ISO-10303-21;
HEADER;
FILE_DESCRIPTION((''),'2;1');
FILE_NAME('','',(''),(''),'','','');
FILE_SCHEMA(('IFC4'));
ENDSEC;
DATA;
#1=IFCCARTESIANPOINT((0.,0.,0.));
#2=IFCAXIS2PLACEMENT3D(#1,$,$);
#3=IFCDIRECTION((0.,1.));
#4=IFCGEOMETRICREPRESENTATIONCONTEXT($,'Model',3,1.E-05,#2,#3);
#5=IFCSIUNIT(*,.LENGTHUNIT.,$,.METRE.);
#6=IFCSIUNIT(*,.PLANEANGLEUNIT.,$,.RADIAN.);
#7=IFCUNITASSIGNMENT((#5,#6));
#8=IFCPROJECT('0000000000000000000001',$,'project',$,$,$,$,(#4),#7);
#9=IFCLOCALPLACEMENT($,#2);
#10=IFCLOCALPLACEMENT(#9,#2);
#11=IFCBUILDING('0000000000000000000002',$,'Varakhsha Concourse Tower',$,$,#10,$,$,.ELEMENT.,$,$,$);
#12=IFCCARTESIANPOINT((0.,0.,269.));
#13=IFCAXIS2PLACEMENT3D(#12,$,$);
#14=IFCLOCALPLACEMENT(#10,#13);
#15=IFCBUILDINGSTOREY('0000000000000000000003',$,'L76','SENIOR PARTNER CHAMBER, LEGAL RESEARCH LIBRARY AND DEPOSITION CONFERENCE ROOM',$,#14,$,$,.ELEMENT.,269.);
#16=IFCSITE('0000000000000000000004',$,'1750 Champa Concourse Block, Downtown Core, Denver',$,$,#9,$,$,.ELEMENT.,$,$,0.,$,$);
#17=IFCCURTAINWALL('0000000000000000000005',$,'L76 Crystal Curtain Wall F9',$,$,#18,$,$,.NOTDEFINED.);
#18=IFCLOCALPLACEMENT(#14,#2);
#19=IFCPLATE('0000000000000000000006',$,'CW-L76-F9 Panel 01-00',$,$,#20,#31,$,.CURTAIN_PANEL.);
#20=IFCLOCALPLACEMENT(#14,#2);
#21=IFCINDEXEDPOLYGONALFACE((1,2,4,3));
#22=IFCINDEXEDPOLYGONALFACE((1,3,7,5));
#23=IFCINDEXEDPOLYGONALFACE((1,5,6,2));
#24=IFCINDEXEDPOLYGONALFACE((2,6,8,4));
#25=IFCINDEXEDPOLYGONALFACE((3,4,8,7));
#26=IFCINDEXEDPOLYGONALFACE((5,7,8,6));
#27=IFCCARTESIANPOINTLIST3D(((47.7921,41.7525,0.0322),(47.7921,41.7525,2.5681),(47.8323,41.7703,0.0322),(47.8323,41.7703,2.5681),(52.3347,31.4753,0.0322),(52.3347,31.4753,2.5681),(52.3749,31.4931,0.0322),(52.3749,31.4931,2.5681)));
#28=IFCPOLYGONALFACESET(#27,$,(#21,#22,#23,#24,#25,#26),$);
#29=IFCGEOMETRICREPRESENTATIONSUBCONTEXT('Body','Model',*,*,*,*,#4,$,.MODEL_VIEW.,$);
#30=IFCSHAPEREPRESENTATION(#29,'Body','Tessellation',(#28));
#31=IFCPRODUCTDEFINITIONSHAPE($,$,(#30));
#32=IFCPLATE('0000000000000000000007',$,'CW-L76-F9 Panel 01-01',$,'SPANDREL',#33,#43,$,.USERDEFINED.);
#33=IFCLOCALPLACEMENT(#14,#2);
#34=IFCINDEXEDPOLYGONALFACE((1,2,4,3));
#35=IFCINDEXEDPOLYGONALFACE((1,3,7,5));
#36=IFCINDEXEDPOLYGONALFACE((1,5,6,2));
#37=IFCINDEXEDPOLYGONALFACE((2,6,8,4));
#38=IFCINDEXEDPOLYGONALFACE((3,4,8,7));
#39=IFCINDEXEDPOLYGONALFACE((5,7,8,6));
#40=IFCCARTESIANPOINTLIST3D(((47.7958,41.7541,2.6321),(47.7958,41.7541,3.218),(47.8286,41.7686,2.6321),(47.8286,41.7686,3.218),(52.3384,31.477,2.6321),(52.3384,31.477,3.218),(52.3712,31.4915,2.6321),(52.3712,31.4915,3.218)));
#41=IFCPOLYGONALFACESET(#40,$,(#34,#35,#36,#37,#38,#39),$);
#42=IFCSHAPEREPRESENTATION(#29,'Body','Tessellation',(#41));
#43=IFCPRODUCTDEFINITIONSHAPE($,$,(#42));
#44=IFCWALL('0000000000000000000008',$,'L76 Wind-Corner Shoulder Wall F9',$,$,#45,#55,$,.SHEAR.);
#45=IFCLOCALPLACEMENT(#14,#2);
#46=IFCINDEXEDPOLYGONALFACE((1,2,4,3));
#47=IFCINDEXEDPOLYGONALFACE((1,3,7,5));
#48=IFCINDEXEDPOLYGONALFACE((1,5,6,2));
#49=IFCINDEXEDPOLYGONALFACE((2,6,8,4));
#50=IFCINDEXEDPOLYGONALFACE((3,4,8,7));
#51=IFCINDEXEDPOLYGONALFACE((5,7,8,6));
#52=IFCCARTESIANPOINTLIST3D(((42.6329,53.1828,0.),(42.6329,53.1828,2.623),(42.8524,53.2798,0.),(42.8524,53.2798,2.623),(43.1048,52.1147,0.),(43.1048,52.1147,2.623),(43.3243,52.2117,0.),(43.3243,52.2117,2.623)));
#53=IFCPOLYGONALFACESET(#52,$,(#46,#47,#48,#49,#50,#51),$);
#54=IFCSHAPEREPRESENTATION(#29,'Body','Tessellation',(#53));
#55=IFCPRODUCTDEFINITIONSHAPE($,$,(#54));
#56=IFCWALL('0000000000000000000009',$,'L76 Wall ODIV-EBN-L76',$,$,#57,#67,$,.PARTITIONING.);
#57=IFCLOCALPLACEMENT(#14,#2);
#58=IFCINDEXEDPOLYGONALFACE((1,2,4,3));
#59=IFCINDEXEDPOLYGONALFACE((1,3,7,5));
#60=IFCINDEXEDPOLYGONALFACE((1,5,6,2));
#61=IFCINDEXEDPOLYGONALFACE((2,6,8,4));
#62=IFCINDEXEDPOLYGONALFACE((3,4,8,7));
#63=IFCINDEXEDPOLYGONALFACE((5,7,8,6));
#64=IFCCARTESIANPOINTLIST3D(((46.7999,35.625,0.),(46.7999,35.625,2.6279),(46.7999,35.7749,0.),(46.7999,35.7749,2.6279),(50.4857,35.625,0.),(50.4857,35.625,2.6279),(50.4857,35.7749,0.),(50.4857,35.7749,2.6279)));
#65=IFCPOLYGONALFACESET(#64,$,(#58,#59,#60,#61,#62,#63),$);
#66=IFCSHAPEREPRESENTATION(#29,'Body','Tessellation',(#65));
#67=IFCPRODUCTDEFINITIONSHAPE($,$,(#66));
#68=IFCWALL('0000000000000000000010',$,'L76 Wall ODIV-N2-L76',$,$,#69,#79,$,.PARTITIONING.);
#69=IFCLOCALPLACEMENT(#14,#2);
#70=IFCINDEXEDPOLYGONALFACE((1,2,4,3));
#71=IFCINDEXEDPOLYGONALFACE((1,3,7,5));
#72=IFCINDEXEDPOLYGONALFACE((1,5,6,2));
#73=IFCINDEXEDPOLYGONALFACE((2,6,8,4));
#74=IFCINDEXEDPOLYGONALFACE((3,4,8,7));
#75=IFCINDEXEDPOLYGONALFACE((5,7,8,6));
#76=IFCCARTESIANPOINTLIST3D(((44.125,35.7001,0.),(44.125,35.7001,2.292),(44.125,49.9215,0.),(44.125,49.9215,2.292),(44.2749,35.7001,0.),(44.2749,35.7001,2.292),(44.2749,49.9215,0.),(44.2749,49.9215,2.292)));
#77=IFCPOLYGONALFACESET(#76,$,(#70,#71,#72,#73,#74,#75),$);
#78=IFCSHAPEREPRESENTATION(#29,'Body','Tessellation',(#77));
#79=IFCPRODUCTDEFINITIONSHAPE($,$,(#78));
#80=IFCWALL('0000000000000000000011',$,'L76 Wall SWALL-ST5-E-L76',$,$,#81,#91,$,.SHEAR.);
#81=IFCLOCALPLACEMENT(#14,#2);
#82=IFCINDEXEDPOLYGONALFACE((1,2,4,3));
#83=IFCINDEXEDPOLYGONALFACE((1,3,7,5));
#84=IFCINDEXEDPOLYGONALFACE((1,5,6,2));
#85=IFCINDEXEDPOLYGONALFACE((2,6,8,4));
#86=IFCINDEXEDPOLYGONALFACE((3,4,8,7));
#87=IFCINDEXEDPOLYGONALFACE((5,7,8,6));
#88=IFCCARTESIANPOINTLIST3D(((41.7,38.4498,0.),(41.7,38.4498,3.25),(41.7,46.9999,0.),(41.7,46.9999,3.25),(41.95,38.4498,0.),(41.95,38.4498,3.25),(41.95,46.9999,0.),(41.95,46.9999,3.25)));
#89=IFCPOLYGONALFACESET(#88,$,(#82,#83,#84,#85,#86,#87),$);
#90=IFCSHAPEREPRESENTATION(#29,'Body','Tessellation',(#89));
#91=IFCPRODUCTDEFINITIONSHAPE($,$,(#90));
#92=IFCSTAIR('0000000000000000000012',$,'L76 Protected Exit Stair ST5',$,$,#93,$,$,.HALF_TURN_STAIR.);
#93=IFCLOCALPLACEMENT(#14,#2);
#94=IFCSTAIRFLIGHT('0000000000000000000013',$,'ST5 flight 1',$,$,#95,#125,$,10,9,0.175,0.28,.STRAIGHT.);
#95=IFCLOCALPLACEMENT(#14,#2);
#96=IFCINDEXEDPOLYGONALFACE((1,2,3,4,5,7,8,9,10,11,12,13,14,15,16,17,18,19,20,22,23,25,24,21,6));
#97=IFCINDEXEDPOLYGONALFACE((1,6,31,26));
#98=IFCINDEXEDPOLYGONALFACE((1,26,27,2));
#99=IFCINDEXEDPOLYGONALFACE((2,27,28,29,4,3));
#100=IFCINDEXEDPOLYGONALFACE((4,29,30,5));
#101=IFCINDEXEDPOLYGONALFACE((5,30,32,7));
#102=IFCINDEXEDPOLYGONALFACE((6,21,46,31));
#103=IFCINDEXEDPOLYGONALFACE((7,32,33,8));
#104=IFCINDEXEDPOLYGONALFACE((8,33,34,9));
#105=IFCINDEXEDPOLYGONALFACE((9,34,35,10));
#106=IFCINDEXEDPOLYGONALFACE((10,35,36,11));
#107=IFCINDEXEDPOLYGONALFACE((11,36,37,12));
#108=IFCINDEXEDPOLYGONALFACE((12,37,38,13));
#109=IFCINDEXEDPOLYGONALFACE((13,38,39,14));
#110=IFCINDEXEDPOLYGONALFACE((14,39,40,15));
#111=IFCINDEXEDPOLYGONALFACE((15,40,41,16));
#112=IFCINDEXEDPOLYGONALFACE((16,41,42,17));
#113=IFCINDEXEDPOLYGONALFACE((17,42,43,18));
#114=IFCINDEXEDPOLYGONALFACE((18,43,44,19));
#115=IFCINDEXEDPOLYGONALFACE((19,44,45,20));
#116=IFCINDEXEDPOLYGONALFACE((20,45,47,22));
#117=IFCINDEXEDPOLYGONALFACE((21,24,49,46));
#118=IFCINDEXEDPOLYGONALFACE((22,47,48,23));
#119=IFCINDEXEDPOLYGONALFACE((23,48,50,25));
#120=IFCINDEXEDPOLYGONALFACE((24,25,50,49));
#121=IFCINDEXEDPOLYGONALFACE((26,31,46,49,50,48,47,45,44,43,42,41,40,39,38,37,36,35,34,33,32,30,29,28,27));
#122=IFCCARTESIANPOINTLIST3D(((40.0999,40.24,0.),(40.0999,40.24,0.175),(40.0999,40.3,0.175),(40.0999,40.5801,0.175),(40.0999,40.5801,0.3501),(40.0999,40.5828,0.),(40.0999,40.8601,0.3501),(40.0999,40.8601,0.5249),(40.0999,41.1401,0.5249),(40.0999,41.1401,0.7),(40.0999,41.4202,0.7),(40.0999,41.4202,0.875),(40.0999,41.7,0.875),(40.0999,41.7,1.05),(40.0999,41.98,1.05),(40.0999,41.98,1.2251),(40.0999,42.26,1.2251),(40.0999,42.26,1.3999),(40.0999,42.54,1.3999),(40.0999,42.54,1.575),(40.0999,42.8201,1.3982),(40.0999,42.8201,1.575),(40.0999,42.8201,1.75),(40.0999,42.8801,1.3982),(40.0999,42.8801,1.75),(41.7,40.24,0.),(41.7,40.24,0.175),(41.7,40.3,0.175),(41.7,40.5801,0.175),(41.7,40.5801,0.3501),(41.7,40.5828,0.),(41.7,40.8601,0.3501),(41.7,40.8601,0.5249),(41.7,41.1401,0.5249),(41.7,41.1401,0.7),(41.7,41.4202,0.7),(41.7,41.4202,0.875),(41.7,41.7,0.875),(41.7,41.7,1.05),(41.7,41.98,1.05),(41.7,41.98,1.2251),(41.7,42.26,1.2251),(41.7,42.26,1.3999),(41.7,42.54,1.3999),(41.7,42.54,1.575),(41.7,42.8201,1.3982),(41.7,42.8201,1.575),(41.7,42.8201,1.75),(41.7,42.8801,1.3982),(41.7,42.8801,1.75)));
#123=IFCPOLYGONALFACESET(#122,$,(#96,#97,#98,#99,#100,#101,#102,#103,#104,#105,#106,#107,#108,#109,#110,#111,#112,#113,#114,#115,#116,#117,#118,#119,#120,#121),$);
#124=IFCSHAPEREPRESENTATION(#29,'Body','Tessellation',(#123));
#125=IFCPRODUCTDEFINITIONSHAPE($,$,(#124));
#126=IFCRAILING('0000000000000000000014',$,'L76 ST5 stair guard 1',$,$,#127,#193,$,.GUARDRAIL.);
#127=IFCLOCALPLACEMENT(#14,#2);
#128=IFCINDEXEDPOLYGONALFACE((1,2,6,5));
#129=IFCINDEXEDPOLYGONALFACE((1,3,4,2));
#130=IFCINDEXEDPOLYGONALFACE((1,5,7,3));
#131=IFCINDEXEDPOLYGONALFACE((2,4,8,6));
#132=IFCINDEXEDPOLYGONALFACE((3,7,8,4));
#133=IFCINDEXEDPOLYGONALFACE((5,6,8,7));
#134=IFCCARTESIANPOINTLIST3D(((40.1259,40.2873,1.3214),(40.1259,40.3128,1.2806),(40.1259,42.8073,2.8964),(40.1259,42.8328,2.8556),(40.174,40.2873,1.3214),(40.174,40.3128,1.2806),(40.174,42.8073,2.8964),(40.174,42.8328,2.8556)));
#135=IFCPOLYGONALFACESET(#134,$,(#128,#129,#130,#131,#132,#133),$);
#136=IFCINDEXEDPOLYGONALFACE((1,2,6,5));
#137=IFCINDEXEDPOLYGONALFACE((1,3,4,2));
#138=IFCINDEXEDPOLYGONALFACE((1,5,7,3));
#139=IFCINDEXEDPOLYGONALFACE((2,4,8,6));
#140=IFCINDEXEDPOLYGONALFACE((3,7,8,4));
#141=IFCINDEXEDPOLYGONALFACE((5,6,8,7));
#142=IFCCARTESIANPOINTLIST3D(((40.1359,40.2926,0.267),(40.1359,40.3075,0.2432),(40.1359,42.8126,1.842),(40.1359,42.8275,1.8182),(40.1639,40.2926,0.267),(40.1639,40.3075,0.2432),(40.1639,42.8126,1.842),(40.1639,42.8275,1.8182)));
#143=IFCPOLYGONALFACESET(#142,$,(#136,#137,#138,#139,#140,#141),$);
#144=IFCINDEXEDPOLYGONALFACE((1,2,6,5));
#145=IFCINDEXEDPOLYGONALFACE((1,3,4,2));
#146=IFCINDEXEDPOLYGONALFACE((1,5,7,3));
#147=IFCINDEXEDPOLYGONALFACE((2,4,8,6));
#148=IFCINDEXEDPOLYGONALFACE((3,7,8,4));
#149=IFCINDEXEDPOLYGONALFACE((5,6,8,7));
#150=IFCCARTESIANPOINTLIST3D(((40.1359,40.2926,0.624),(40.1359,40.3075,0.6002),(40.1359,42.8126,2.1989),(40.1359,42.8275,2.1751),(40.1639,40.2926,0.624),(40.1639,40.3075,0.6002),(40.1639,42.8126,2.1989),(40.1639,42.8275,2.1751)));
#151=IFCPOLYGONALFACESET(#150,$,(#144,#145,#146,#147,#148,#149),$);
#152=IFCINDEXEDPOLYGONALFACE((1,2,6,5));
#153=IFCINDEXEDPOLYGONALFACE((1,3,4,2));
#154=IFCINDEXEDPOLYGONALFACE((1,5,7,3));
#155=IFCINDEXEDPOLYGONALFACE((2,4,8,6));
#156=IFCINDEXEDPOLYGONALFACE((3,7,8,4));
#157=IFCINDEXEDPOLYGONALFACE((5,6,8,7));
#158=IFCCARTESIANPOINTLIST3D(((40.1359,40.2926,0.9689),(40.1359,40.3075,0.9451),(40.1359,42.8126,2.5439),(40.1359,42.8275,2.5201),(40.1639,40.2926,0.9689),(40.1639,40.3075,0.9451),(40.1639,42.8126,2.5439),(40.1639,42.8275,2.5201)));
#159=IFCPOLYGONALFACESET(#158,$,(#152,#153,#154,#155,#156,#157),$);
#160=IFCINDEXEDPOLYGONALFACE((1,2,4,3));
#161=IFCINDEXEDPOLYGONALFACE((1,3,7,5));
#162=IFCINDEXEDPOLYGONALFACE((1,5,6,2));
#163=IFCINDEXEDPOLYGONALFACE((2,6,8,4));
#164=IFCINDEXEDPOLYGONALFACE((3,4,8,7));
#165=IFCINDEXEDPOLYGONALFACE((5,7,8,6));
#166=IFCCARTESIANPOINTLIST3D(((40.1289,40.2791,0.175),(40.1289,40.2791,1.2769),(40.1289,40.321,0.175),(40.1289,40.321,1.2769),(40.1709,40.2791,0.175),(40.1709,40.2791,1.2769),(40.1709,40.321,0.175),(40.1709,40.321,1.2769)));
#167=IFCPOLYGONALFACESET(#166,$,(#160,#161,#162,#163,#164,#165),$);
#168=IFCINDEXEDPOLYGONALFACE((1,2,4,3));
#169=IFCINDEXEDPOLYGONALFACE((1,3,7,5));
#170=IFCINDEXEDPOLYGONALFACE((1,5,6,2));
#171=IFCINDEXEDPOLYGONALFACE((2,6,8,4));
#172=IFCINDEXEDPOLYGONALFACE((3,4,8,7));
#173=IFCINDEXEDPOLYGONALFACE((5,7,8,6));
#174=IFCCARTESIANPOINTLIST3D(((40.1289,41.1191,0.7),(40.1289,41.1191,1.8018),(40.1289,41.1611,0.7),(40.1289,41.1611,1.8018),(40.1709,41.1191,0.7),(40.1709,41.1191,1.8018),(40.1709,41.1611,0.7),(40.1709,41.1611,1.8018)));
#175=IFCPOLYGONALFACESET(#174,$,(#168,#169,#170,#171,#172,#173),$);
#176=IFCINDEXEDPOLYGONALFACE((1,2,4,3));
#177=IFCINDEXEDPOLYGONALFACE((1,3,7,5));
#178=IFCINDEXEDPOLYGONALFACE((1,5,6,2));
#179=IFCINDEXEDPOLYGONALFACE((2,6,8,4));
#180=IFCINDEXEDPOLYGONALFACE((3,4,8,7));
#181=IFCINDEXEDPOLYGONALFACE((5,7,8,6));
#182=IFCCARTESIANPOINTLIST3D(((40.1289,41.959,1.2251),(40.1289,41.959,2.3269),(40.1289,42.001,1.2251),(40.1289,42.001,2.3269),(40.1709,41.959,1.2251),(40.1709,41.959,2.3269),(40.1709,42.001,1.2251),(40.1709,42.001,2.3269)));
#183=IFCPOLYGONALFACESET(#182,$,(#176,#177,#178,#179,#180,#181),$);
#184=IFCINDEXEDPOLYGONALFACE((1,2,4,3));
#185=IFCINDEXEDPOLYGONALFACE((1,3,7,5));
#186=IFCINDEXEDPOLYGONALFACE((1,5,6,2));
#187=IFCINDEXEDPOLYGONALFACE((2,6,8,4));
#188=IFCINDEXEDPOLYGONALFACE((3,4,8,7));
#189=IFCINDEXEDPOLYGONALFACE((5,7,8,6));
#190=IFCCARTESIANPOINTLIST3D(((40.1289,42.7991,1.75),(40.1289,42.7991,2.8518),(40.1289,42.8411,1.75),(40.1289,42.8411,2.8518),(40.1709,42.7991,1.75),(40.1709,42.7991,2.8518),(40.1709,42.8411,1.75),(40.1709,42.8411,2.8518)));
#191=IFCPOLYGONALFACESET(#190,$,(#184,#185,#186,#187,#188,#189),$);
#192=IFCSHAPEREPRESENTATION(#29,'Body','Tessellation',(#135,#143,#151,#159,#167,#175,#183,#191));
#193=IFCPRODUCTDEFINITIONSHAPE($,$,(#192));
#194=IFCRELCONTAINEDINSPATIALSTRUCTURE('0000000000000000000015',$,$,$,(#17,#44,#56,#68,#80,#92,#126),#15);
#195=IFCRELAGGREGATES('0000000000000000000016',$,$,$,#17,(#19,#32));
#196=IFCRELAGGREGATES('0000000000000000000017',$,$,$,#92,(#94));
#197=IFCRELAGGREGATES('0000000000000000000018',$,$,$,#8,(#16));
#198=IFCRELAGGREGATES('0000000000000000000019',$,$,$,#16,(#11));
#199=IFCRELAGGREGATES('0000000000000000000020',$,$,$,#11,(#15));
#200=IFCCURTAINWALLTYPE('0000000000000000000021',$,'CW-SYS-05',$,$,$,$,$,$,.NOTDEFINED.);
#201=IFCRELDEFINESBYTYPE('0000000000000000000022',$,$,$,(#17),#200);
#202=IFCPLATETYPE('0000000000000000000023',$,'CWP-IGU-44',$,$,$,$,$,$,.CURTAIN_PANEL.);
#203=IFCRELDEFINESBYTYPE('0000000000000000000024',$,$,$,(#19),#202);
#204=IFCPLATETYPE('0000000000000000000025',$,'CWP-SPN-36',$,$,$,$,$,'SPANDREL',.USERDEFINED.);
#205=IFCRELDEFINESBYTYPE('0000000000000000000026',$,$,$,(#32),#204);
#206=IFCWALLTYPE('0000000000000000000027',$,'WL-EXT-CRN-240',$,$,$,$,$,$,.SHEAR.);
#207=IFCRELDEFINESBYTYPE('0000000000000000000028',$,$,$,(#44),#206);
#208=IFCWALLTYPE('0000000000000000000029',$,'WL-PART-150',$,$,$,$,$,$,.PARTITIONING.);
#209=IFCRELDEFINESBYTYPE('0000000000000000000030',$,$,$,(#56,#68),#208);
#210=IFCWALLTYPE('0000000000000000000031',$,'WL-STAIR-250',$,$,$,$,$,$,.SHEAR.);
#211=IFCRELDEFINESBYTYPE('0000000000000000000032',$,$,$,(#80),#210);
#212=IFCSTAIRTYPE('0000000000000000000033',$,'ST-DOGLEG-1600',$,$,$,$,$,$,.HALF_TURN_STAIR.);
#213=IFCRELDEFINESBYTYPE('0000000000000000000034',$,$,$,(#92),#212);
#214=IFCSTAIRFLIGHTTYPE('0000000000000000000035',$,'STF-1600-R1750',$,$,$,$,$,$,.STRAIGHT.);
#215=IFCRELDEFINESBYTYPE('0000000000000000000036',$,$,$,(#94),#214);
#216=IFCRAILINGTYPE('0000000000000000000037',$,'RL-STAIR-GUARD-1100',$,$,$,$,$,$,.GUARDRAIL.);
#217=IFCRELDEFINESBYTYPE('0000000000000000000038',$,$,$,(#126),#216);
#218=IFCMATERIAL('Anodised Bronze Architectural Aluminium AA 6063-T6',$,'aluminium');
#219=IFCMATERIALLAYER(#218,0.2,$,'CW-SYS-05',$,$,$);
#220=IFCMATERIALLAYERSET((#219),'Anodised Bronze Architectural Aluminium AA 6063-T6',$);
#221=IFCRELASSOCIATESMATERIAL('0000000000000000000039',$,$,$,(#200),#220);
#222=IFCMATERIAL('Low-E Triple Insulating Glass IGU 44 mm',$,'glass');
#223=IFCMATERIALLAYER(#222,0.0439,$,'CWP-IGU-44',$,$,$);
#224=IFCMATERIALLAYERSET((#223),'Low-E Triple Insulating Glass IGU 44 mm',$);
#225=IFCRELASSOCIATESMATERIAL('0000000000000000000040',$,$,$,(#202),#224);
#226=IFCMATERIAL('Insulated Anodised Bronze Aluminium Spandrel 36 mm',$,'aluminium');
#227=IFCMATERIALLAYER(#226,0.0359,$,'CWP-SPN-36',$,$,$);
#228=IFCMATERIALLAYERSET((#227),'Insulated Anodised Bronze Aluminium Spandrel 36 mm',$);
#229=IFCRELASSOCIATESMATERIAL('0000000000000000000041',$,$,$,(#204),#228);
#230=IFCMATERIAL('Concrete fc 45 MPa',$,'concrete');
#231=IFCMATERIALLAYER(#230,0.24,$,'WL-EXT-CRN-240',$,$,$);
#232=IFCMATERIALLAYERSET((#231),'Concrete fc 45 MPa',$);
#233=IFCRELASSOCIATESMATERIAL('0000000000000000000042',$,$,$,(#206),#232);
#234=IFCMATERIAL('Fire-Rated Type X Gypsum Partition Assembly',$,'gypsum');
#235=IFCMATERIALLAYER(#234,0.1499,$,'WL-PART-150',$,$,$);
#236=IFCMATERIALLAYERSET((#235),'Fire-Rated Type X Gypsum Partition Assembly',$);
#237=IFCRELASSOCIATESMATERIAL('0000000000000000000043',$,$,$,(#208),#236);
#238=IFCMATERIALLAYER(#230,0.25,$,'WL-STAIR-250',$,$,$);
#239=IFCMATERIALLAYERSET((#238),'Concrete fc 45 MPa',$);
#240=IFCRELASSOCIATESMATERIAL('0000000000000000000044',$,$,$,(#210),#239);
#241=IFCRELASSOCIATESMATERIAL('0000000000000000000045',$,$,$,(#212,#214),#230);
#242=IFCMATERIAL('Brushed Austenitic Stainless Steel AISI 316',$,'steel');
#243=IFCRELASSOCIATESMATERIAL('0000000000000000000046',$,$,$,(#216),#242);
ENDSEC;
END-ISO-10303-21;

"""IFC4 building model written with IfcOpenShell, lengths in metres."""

from ifc_helpers import new_model, si_unit, direction, frame, frame_2d, origin, origin_2d, place, context, subcontext, project, spatial, polyline, rectangle, outline, extrude, source, transform, mapped, material, layer, layer_set, type_object, element, aggregate, save


model = new_model("IFC4")

# Units and contexts
model_context = context("Model", 3, precision=1e-05, world=origin(), true_north=direction((0.0, 1.0)))
body_context = subcontext(model_context, "Body", "Model", "MODEL_VIEW")
ifc_project = project(units=[si_unit("LENGTHUNIT", "METRE"), si_unit("PLANEANGLEUNIT", "RADIAN")], contexts=[model_context])

# Site, building, storey
site_placement = place(None, origin())
site = spatial("IfcSite", under=ifc_project, at=site_placement, Name="1750 Champa Concourse Block, Downtown Core, Denver", CompositionType="ELEMENT", RefElevation=0.0)
building_placement = place(site_placement, origin())
building = spatial("IfcBuilding", under=site, at=building_placement, Name="Varakhsha Concourse Tower", CompositionType="ELEMENT")
storey_placement = place(building_placement, frame((0.0, 0.0, 269.0)))
storey = spatial("IfcBuildingStorey", under=building, at=storey_placement, Name="L76", Description="SENIOR PARTNER CHAMBER, LEGAL RESEARCH LIBRARY AND DEPOSITION CONFERENCE ROOM", CompositionType="ELEMENT", Elevation=269.0)

# Curtain wall
ifc_material_1 = material(Name="Anodised Bronze Architectural Aluminium AA 6063-T6", Category="aluminium")
ifc_layer_1 = layer(ifc_material_1, 0.2, Name="CW-SYS-05")
ifc_layer_set_1 = layer_set([ifc_layer_1], Name="Anodised Bronze Architectural Aluminium AA 6063-T6")
curtain_wall_type = type_object("IfcCurtainWallType", Name="CW-SYS-05", PredefinedType="NOTDEFINED", material=ifc_layer_set_1)
curtain_wall_placement = place(storey_placement, origin())
curtain_wall = element("IfcCurtainWall", 1, at=curtain_wall_placement, inside=storey, type_object=curtain_wall_type, Name="L76 Crystal Curtain Wall F9", PredefinedType="NOTDEFINED")

# Plates
ifc_material_2 = material(Name="Low-E Triple Insulating Glass IGU 44 mm", Category="glass")
ifc_layer_2 = layer(ifc_material_2, 0.0439, Name="CWP-IGU-44")
ifc_layer_set_2 = layer_set([ifc_layer_2], Name="Low-E Triple Insulating Glass IGU 44 mm")
plate_type_1 = type_object("IfcPlateType", Name="CWP-IGU-44", PredefinedType="CURTAIN_PANEL", material=ifc_layer_set_2)
ifc_material_3 = material(Name="Insulated Anodised Bronze Aluminium Spandrel 36 mm", Category="aluminium")
ifc_layer_3 = layer(ifc_material_3, 0.0359, Name="CWP-SPN-36")
ifc_layer_set_3 = layer_set([ifc_layer_3], Name="Insulated Anodised Bronze Aluminium Spandrel 36 mm")
plate_type_2 = type_object("IfcPlateType", Name="CWP-SPN-36", ElementType="SPANDREL", PredefinedType="USERDEFINED", material=ifc_layer_set_3)
shared_shape_1 = source(origin(), body_context, "Body", "SweptSolid", [
    extrude(rectangle(XDim=11.2363, YDim=0.0439, at=origin_2d()), origin(), (0.0, 0.0, 1.0), 2.5359),
])
plate_1_placement = place(storey_placement, frame((50.0835, 36.6228, 0.0322), z_axis=(0.0, 0.0, 1.0), x_axis=(0.404273, -0.914638, 0.0)))
plate_1 = element("IfcPlate", 2, at=plate_1_placement, type_object=plate_type_1, Name="CW-L76-F9 Panel 01-00", PredefinedType="CURTAIN_PANEL", context=body_context, shape_type="MappedRepresentation", body=[
    mapped(shared_shape_1, transform((0.0, 0.0, 0.0), scale=1.0)),
])
shared_shape_2 = source(origin(), body_context, "Body", "SweptSolid", [
    extrude(rectangle(XDim=11.2363, YDim=0.0359, at=origin_2d()), origin(), (0.0, 0.0, 1.0), 0.5859),
])
plate_2_placement = place(storey_placement, frame((50.0835, 36.6228, 2.6321), z_axis=(0.0, 0.0, 1.0), x_axis=(0.404273, -0.914638, 0.0)))
plate_2 = element("IfcPlate", 3, at=plate_2_placement, type_object=plate_type_2, Name="CW-L76-F9 Panel 01-01", ObjectType="SPANDREL", PredefinedType="USERDEFINED", context=body_context, shape_type="MappedRepresentation", body=[
    mapped(shared_shape_2, transform((0.0, 0.0, 0.0), scale=1.0)),
])
aggregate(curtain_wall, [plate_1, plate_2])

# Walls
ifc_material_4 = material(Name="Concrete fc 45 MPa", Category="concrete")
ifc_layer_4 = layer(ifc_material_4, 0.24, Name="WL-EXT-CRN-240")
ifc_layer_set_4 = layer_set([ifc_layer_4], Name="Concrete fc 45 MPa")
wall_type_1 = type_object("IfcWallType", Name="WL-EXT-CRN-240", PredefinedType="SHEAR", material=ifc_layer_set_4)
wall_1_placement = place(storey_placement, frame((43.2146, 52.1631, 0.0), z_axis=(0.0, 0.0, 1.0), x_axis=(-0.404139, 0.914697, 0.0)))
element("IfcWall", 4, at=wall_1_placement, inside=storey, type_object=wall_type_1, Name="L76 Wind-Corner Shoulder Wall F9", PredefinedType="SHEAR", context=body_context, shape_type="SweptSolid", body=[
    extrude(rectangle(XDim=1.1677, YDim=0.24, at=frame_2d((0.584, 0.0))), origin(), (0.0, 0.0, 1.0), 2.623),
])
ifc_material_5 = material(Name="Fire-Rated Type X Gypsum Partition Assembly", Category="gypsum")
ifc_layer_5 = layer(ifc_material_5, 0.1499, Name="WL-PART-150")
ifc_layer_set_5 = layer_set([ifc_layer_5], Name="Fire-Rated Type X Gypsum Partition Assembly")
wall_type_2 = type_object("IfcWallType", Name="WL-PART-150", PredefinedType="PARTITIONING", material=ifc_layer_set_5)
wall_2_placement = place(storey_placement, frame((46.8, 35.7, 0.0), z_axis=(0.0, 0.0, 1.0), x_axis=(1.0, 0.0, 0.0)))
element("IfcWall", 5, at=wall_2_placement, inside=storey, type_object=wall_type_2, Name="L76 Wall ODIV-EBN-L76", PredefinedType="PARTITIONING", context=body_context, shape_type="SweptSolid", body=[
    extrude(rectangle(XDim=3.6858, YDim=0.1499, at=frame_2d((1.8428, 0.0))), origin(), (0.0, 0.0, 1.0), 2.6279),
])
wall_3_placement = place(storey_placement, frame((44.2, 35.7, 0.0), z_axis=(0.0, 0.0, 1.0), x_axis=(0.0, 1.0, 0.0)))
element("IfcWall", 6, at=wall_3_placement, inside=storey, type_object=wall_type_2, Name="L76 Wall ODIV-N2-L76", PredefinedType="PARTITIONING", context=body_context, shape_type="SweptSolid", body=[
    extrude(rectangle(XDim=14.2214, YDim=0.1499, at=frame_2d((7.1108, 0.0))), origin(), (0.0, 0.0, 1.0), 2.292),
])
ifc_layer_6 = layer(ifc_material_4, 0.25, Name="WL-STAIR-250")
ifc_layer_set_6 = layer_set([ifc_layer_6], Name="Concrete fc 45 MPa")
wall_type_3 = type_object("IfcWallType", Name="WL-STAIR-250", PredefinedType="SHEAR", material=ifc_layer_set_6)
wall_4_placement = place(storey_placement, frame((41.825, 38.45, 0.0), z_axis=(0.0, 0.0, 1.0), x_axis=(0.0, 1.0, 0.0)))
element("IfcWall", 7, at=wall_4_placement, inside=storey, type_object=wall_type_3, Name="L76 Wall SWALL-ST5-E-L76", PredefinedType="SHEAR", context=body_context, shape_type="SweptSolid", body=[
    extrude(rectangle(XDim=8.55, YDim=0.25, at=frame_2d((4.2749, 0.0))), origin(), (0.0, 0.0, 1.0), 3.25),
])

# Stair, stair flight
stair_type = type_object("IfcStairType", Name="ST-DOGLEG-1600", PredefinedType="HALF_TURN_STAIR", material=ifc_material_4)
stair_placement = place(storey_placement, origin())
stair = element("IfcStair", 8, at=stair_placement, inside=storey, type_object=stair_type, Name="L76 Protected Exit Stair ST5", PredefinedType="HALF_TURN_STAIR")
stair_flight_type = type_object("IfcStairFlightType", Name="STF-1600-R1750", PredefinedType="STRAIGHT", material=ifc_material_4)
stair_flight_placement = place(storey_placement, frame((40.8999, 40.3, 0.0), z_axis=(0.0, 0.0, 1.0), x_axis=(0.0, 1.0, 0.0)))
stair_flight = element("IfcStairFlight", 9, at=stair_flight_placement, type_object=stair_flight_type, Name="ST5 flight 1", NumberOfRisers=10, NumberOfTreads=9, PredefinedType="STRAIGHT", RiserHeight=0.175, TreadLength=0.28, context=body_context, shape_type="SweptSolid", body=[
    extrude(outline(polyline([(-0.0601, 0.0), (-0.0601, 0.175), (0.0, 0.175), (0.28, 0.175), (0.28, 0.3501), (0.5601, 0.3501), (0.5601, 0.5249), (0.8401, 0.5249), (0.8401, 0.7), (1.1201, 0.7), (1.1201, 0.875), (1.3999, 0.875), (1.3999, 1.05), (1.6799, 1.05), (1.6799, 1.2251), (1.96, 1.2251), (1.96, 1.3999), (2.24, 1.3999), (2.24, 1.575), (2.52, 1.575), (2.52, 1.75), (2.5801, 1.75), (2.5801, 1.3982), (2.52, 1.3982), (0.2827, 0.0), (-0.0601, 0.0)])), frame((0.0, 0.8, 0.0), z_axis=(0.0, -1.0, 0.0), x_axis=(1.0, 0.0, 0.0)), (0.0, 0.0, 1.0), 1.6001),
])
aggregate(stair, [stair_flight])

# Railing
ifc_material_6 = material(Name="Brushed Austenitic Stainless Steel AISI 316", Category="steel")
railing_type_1 = type_object("IfcRailingType", Name="RL-STAIR-GUARD-1100", PredefinedType="GUARDRAIL", material=ifc_material_6)
railing_1_placement = place(storey_placement, frame((40.1499, 40.3, 0.175)))
element("IfcRailing", 10, at=railing_1_placement, inside=storey, type_object=railing_type_1, Name="L76 ST5 stair guard 1", PredefinedType="GUARDRAIL", context=body_context, shape_type="SweptSolid", body=[
    extrude(rectangle(XDim=0.0481, YDim=0.0481, at=origin_2d()), frame((0.0, 0.0, 1.126), z_axis=(0.0, 0.848008, 0.529984), x_axis=(-1.0, 0.0, 0.0)), (0.0, 0.0, 1.0), 2.9717),
    extrude(rectangle(XDim=0.0281, YDim=0.0281, at=origin_2d()), frame((0.0, 0.0, 0.0801), z_axis=(0.0, 0.848008, 0.529984), x_axis=(-1.0, 0.0, 0.0)), (0.0, 0.0, 1.0), 2.9717),
    extrude(rectangle(XDim=0.0281, YDim=0.0281, at=origin_2d()), frame((0.0, 0.0, 0.437), z_axis=(0.0, 0.848008, 0.529984), x_axis=(-1.0, 0.0, 0.0)), (0.0, 0.0, 1.0), 2.9717),
    extrude(rectangle(XDim=0.0281, YDim=0.0281, at=origin_2d()), frame((0.0, 0.0, 0.782), z_axis=(0.0, 0.848008, 0.529984), x_axis=(-1.0, 0.0, 0.0)), (0.0, 0.0, 1.0), 2.9717),
    extrude(rectangle(XDim=0.042, YDim=0.042, at=origin_2d()), origin(), (0.0, 0.0, 1.0), 1.1018),
    extrude(rectangle(XDim=0.042, YDim=0.042, at=origin_2d()), frame((0.0, 0.8401, 0.5249)), (0.0, 0.0, 1.0), 1.1018),
    extrude(rectangle(XDim=0.042, YDim=0.042, at=origin_2d()), frame((0.0, 1.6799, 1.05)), (0.0, 0.0, 1.0), 1.1018),
    extrude(rectangle(XDim=0.042, YDim=0.042, at=origin_2d()), frame((0.0, 2.52, 1.575)), (0.0, 0.0, 1.0), 1.1018),
])

save(model, "model.ifc")
